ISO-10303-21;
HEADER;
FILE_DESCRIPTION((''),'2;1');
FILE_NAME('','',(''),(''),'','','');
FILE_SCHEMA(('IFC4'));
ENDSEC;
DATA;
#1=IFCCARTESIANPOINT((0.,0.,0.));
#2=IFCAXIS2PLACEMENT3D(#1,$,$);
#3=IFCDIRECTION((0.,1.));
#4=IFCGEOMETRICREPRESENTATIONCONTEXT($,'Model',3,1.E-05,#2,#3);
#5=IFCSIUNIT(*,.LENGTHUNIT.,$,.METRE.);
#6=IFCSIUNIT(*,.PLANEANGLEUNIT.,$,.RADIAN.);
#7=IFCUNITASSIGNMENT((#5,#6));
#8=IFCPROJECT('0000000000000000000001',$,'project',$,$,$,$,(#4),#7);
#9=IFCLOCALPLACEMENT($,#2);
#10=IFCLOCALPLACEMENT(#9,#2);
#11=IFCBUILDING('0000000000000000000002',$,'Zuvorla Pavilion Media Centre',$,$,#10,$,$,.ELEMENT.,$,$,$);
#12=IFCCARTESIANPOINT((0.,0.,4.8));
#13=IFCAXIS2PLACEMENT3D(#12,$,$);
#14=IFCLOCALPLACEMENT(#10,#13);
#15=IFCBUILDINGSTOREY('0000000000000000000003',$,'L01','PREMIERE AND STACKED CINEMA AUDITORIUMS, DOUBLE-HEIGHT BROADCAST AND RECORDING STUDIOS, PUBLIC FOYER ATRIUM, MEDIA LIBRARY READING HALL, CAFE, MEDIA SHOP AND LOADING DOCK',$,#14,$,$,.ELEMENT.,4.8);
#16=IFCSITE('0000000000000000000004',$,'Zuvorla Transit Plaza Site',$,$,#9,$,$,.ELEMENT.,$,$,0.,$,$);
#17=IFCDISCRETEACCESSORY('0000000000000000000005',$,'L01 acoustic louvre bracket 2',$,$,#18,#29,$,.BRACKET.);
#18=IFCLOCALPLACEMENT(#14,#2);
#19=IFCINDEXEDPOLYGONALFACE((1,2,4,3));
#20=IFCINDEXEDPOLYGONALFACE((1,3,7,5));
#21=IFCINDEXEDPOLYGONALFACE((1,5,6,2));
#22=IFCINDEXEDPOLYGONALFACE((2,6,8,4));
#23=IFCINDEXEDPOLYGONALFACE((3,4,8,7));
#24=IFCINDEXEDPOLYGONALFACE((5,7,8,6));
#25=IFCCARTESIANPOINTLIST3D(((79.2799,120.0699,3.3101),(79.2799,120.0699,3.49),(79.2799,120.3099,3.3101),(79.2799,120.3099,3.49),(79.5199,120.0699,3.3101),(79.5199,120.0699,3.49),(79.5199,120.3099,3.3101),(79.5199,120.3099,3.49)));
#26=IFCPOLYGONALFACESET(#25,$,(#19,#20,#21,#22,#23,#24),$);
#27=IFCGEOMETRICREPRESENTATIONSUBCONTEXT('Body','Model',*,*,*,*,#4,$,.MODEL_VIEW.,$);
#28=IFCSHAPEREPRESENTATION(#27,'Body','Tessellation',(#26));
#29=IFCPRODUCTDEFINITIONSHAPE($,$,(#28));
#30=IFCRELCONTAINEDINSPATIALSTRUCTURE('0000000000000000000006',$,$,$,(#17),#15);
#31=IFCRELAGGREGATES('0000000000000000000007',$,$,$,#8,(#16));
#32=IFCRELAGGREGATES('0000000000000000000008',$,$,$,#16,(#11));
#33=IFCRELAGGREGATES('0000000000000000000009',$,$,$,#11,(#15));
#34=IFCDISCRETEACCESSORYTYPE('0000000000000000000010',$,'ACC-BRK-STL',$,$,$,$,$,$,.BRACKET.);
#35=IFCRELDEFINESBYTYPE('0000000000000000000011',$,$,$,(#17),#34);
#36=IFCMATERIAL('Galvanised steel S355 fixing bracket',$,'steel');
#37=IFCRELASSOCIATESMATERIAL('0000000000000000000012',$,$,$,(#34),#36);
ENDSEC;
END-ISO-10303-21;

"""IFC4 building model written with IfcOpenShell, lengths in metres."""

from ifc_helpers import new_model, si_unit, direction, frame, origin, origin_2d, place, context, subcontext, project, spatial, rectangle, extrude, material, type_object, element, save


model = new_model("IFC4")

# Units and contexts
model_context = context("Model", 3, precision=1e-05, world=origin(), true_north=direction((0.0, 1.0)))
body_context = subcontext(model_context, "Body", "Model", "MODEL_VIEW")
ifc_project = project(units=[si_unit("LENGTHUNIT", "METRE"), si_unit("PLANEANGLEUNIT", "RADIAN")], contexts=[model_context])

# Site, building, storey
site_placement = place(None, origin())
site = spatial("IfcSite", under=ifc_project, at=site_placement, Name="Zuvorla Transit Plaza Site", CompositionType="ELEMENT", RefElevation=0.0)
building_placement = place(site_placement, origin())
building = spatial("IfcBuilding", under=site, at=building_placement, Name="Zuvorla Pavilion Media Centre", CompositionType="ELEMENT")
storey_placement = place(building_placement, frame((0.0, 0.0, 4.8)))
storey = spatial("IfcBuildingStorey", under=building, at=storey_placement, Name="L01", Description="PREMIERE AND STACKED CINEMA AUDITORIUMS, DOUBLE-HEIGHT BROADCAST AND RECORDING STUDIOS, PUBLIC FOYER ATRIUM, MEDIA LIBRARY READING HALL, CAFE, MEDIA SHOP AND LOADING DOCK", CompositionType="ELEMENT", Elevation=4.8)

# Discrete accessory
ifc_material_1 = material(Name="Galvanised steel S355 fixing bracket", Category="steel")
discrete_accessory_type = type_object("IfcDiscreteAccessoryType", Name="ACC-BRK-STL", PredefinedType="BRACKET", material=ifc_material_1)
for number, where, z_axis, x_axis, name in (
    (1, (79.3999, 120.1899, 3.3101), (0.0, 0.0, 1.0), (1.0, 0.0, 0.0), "L01 acoustic louvre bracket 2"),
):
    element("IfcDiscreteAccessory", number, at=place(storey_placement, frame(where, z_axis=z_axis, x_axis=x_axis)), inside=storey, type_object=discrete_accessory_type, Name=name, PredefinedType="BRACKET", context=body_context, shape_type="SweptSolid", body=[
        extrude(rectangle(XDim=0.24, YDim=0.24, at=origin_2d()), origin(), (0.0, 0.0, 1.0), 0.1799),
    ])

save(model, "model.ifc")
